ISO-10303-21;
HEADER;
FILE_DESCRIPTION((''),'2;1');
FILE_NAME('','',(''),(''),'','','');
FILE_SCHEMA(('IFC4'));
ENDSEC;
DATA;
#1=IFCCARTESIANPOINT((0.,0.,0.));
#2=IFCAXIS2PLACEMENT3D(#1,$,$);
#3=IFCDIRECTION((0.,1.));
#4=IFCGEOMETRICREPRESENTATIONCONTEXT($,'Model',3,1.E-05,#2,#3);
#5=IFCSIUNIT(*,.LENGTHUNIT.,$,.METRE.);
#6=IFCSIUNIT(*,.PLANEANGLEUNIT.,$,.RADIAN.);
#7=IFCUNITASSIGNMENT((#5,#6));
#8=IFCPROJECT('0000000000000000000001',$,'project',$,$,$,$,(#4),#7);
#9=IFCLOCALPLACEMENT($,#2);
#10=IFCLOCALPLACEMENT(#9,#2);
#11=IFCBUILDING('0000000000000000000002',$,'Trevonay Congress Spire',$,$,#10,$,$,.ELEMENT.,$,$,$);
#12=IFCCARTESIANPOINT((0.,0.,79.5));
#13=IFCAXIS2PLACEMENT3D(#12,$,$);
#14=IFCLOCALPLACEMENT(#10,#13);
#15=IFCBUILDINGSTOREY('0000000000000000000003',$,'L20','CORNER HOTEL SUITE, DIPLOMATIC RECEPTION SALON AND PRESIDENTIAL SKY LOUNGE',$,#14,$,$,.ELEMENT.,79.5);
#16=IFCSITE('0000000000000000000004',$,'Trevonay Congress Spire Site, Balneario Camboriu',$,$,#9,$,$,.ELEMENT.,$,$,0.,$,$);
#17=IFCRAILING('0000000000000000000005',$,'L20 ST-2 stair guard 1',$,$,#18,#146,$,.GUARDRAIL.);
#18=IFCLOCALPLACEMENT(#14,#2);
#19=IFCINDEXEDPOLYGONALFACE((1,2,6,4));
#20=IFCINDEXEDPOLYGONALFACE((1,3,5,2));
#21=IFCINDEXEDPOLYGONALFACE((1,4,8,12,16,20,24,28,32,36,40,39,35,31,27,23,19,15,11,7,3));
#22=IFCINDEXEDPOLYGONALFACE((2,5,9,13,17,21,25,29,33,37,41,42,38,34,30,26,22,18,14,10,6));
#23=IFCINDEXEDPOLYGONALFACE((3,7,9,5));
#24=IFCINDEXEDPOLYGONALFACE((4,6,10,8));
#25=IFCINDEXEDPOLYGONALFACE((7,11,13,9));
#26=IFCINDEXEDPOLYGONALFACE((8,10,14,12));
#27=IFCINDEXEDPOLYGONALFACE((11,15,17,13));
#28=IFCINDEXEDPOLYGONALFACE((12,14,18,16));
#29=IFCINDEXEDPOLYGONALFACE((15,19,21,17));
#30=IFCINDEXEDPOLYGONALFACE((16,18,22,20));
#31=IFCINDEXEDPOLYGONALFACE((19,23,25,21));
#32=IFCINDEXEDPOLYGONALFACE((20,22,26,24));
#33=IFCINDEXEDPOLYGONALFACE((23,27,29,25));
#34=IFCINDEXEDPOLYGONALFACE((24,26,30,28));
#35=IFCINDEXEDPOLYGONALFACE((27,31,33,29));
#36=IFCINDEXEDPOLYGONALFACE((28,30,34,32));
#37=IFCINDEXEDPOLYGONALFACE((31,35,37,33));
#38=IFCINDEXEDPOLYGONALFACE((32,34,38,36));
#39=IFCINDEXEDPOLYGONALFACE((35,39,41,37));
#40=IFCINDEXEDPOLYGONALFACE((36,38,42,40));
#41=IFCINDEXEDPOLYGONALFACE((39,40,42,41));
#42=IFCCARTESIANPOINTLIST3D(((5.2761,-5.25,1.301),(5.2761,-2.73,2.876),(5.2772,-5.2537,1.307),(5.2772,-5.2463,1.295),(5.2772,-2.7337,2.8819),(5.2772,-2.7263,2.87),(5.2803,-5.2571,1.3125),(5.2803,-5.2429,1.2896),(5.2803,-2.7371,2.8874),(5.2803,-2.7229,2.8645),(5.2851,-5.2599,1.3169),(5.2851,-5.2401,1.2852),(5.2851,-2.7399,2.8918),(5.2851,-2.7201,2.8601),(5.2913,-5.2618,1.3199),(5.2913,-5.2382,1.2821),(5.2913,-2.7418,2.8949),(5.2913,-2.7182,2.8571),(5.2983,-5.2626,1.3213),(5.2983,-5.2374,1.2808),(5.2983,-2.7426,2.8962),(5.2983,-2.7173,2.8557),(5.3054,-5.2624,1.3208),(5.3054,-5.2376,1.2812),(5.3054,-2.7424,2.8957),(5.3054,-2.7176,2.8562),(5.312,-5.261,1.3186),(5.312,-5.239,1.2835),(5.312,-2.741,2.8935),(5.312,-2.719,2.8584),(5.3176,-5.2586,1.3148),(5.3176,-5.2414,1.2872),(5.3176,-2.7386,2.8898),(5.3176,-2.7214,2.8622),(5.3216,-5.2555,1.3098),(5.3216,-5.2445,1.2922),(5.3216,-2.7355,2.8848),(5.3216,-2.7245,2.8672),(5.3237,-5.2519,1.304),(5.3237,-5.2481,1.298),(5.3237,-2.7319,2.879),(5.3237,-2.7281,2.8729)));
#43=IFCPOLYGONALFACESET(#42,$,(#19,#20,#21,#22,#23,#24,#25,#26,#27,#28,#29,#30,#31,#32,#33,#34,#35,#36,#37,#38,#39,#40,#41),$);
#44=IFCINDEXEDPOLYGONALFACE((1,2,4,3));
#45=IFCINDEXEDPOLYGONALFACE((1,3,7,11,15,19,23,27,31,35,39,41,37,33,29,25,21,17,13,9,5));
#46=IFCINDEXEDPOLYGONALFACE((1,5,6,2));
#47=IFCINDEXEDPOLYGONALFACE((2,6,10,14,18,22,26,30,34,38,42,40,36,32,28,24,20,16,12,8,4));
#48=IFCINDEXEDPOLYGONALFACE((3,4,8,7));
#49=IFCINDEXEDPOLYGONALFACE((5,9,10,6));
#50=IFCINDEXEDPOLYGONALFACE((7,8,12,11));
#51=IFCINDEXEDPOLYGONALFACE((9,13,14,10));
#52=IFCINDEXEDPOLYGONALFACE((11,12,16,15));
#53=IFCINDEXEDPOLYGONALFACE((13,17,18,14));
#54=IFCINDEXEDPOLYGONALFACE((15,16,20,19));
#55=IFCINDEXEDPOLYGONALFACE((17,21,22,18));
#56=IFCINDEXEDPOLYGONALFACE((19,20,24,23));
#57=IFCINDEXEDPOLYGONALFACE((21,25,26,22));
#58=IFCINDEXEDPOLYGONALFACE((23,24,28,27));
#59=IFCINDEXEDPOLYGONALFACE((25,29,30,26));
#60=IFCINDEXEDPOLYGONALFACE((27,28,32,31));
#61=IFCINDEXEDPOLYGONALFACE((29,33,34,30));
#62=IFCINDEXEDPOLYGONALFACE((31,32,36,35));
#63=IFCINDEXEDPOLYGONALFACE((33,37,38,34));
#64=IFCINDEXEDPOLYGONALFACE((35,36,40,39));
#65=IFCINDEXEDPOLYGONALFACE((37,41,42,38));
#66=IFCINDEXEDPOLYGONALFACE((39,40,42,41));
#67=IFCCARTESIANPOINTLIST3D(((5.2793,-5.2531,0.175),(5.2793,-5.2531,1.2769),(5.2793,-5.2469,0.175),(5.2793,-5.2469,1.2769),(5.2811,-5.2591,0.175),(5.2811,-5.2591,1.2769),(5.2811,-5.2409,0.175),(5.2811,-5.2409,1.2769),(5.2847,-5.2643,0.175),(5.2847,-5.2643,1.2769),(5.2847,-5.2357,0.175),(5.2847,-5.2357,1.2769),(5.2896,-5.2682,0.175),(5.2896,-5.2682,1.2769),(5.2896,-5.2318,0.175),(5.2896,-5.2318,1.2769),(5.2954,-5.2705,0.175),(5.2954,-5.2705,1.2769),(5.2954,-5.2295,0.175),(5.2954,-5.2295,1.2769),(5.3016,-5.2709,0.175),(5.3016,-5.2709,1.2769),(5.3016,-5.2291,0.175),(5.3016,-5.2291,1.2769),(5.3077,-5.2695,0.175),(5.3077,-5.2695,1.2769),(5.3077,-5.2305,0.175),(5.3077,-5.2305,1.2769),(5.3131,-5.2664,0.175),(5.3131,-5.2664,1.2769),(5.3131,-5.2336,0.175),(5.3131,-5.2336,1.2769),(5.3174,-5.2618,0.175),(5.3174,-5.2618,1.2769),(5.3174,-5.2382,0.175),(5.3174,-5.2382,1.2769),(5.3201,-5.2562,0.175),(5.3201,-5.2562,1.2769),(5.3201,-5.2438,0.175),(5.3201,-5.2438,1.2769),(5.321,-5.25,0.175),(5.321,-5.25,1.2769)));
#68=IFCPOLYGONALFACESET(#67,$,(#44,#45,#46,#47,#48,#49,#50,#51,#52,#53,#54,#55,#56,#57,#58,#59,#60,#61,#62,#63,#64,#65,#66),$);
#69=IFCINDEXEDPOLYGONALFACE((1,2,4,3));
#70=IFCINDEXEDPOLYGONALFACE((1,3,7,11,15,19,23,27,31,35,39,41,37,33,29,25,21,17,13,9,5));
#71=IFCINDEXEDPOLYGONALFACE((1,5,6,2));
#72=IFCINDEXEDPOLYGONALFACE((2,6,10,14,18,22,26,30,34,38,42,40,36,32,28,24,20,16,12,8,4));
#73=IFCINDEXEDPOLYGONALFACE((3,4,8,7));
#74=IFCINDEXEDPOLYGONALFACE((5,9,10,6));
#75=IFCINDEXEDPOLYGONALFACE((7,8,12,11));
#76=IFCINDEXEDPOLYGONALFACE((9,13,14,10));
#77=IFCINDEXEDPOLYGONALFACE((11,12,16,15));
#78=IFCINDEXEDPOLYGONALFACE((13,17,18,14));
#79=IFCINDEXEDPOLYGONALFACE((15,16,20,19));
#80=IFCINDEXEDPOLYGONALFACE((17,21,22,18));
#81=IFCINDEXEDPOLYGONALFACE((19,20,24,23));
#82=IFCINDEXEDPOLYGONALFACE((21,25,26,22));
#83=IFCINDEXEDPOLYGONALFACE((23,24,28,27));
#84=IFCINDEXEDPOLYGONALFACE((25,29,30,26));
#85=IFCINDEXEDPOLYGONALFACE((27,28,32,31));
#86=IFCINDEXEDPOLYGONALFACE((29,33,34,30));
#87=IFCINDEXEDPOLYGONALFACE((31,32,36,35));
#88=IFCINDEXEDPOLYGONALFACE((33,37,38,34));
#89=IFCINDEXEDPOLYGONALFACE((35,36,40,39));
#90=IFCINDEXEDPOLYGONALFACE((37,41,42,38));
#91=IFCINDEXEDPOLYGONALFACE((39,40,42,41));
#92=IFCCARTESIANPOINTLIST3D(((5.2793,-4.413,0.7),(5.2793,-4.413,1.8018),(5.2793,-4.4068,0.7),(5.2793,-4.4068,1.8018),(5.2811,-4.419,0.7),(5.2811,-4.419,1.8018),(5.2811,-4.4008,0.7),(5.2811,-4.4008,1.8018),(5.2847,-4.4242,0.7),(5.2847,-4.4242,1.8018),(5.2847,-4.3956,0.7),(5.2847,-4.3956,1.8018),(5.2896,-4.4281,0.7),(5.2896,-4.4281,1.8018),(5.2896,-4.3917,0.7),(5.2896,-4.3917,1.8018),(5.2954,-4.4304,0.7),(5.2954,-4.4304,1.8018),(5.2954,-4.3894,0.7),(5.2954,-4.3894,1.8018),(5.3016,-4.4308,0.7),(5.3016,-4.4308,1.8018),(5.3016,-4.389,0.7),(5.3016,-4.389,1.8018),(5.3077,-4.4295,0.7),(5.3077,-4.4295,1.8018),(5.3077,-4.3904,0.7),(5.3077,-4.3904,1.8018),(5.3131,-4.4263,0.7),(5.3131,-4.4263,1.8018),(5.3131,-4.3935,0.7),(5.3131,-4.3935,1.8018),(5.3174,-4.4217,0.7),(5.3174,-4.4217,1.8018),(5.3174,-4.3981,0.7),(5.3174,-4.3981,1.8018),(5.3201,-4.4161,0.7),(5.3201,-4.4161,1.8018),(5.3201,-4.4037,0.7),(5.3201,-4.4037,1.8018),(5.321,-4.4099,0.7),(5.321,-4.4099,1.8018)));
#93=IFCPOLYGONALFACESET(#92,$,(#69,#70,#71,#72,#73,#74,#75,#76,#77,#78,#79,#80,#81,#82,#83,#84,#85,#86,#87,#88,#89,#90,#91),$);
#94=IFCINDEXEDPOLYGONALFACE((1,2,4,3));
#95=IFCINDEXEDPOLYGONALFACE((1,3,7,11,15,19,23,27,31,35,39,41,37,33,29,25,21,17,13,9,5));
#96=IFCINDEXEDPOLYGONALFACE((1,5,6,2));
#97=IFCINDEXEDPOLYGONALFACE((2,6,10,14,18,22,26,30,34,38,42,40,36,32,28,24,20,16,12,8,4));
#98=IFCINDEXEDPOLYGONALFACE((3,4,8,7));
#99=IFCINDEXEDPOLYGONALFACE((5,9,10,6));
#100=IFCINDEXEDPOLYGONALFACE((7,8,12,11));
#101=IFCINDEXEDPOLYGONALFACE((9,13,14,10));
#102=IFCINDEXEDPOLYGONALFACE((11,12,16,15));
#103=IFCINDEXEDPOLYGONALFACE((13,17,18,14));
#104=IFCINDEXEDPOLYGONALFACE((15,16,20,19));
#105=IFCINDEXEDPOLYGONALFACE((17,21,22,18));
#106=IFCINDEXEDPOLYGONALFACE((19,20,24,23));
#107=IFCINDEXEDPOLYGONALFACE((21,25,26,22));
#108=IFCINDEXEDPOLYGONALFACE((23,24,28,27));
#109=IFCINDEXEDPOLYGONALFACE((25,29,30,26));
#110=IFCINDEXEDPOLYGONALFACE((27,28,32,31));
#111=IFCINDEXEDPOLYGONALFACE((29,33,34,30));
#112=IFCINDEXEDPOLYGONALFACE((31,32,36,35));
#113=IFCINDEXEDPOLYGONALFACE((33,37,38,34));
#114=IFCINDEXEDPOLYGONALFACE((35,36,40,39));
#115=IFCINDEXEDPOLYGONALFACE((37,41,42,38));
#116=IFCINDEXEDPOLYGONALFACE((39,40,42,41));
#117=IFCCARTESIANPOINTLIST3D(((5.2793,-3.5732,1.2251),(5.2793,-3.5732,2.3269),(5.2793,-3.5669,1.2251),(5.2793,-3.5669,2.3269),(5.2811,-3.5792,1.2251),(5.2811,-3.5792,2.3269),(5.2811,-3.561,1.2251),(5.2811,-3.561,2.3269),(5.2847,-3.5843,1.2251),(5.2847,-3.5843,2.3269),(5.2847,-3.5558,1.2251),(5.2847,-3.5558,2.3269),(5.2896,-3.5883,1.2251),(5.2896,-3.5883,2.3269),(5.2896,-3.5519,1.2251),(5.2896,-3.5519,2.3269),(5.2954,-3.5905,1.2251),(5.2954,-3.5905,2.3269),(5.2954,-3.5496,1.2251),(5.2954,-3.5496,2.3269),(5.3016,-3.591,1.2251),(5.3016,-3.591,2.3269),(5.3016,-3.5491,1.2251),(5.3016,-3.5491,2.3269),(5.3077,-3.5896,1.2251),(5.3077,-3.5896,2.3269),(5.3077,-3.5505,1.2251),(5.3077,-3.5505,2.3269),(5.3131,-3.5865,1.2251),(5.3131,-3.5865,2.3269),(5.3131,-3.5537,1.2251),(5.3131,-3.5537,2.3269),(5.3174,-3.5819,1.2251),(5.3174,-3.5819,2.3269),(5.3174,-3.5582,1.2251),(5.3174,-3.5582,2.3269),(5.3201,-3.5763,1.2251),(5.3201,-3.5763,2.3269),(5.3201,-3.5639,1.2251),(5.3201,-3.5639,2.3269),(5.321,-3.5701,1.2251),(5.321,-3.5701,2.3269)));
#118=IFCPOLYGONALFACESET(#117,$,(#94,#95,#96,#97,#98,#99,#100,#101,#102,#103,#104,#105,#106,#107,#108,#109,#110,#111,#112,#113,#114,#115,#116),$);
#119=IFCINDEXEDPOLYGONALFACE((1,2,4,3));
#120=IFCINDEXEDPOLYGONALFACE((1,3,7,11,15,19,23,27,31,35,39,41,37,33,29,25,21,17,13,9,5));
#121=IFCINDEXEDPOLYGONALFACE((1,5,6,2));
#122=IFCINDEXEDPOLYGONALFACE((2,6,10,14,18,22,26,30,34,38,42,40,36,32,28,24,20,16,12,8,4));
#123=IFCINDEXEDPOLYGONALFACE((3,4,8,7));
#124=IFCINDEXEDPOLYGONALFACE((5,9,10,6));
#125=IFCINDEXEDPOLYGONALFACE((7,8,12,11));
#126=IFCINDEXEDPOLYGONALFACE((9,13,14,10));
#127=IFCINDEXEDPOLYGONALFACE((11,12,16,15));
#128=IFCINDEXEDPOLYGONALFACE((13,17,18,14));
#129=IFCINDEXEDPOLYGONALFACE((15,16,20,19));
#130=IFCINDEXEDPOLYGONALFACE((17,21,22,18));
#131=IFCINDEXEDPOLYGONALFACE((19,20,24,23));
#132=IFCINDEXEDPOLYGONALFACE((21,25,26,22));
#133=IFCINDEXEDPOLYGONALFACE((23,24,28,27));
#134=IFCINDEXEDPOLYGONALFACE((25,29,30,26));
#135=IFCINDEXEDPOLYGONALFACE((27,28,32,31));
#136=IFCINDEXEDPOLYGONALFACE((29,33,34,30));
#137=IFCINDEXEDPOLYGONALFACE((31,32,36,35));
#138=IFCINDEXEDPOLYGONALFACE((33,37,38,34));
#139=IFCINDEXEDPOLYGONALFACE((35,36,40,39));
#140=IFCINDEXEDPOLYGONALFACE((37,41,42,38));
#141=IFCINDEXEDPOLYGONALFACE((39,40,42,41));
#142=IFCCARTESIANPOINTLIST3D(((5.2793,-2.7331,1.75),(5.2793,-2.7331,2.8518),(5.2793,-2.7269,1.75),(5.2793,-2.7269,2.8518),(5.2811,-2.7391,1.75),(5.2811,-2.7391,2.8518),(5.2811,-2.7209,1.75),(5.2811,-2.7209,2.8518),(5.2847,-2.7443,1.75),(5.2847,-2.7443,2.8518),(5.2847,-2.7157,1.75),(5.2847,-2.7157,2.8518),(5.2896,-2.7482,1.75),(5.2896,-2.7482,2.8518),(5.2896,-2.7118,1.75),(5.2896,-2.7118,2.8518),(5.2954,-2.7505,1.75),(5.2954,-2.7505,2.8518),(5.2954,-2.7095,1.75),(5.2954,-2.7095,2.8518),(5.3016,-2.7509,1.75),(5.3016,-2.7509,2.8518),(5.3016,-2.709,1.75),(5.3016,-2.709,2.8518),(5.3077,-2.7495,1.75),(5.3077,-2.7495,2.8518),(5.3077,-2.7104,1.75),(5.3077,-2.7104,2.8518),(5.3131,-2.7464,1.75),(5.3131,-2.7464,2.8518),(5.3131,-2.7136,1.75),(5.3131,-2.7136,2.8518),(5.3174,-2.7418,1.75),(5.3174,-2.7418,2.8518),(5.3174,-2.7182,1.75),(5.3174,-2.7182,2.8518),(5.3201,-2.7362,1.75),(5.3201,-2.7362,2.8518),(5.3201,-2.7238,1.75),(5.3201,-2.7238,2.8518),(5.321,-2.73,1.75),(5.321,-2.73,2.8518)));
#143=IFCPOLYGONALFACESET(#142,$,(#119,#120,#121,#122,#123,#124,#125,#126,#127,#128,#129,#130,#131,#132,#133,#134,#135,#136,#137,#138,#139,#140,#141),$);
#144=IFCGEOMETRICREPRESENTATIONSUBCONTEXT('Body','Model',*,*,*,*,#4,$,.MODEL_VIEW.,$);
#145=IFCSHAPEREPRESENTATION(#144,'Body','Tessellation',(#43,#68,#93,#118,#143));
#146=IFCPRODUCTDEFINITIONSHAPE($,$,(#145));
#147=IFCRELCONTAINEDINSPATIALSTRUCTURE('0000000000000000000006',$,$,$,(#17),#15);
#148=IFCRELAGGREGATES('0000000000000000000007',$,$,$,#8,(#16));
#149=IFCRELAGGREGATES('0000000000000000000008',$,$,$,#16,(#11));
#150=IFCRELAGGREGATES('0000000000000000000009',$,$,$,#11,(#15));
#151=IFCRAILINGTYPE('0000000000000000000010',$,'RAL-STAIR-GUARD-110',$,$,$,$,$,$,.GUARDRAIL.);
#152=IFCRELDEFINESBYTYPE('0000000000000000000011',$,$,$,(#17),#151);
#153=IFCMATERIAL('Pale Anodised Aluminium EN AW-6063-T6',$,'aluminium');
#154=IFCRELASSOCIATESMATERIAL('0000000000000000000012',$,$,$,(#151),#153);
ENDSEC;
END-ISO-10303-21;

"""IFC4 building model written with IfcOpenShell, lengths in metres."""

from ifc_helpers import new_model, si_unit, direction, frame, origin, origin_2d, place, context, subcontext, project, spatial, circle, extrude, material, type_object, element, save


model = new_model("IFC4")

# Units and contexts
model_context = context("Model", 3, precision=1e-05, world=origin(), true_north=direction((0.0, 1.0)))
body_context = subcontext(model_context, "Body", "Model", "MODEL_VIEW")
ifc_project = project(units=[si_unit("LENGTHUNIT", "METRE"), si_unit("PLANEANGLEUNIT", "RADIAN")], contexts=[model_context])

# Site, building, storey
site_placement = place(None, origin())
site = spatial("IfcSite", under=ifc_project, at=site_placement, Name="Trevonay Congress Spire Site, Balneario Camboriu", CompositionType="ELEMENT", RefElevation=0.0)
building_placement = place(site_placement, origin())
building = spatial("IfcBuilding", under=site, at=building_placement, Name="Trevonay Congress Spire", CompositionType="ELEMENT")
storey_placement = place(building_placement, frame((0.0, 0.0, 79.5)))
storey = spatial("IfcBuildingStorey", under=building, at=storey_placement, Name="L20", Description="CORNER HOTEL SUITE, DIPLOMATIC RECEPTION SALON AND PRESIDENTIAL SKY LOUNGE", CompositionType="ELEMENT", Elevation=79.5)

# Railing
ifc_material_1 = material(Name="Pale Anodised Aluminium EN AW-6063-T6", Category="aluminium")
railing_type_1 = type_object("IfcRailingType", Name="RAL-STAIR-GUARD-110", PredefinedType="GUARDRAIL", material=ifc_material_1)
railing_1_placement = place(storey_placement, frame((5.3, -5.25, 0.175)))
element("IfcRailing", 1, at=railing_1_placement, inside=storey, type_object=railing_type_1, Name="L20 ST-2 stair guard 1", PredefinedType="GUARDRAIL", context=body_context, shape_type="SweptSolid", body=[
    extrude(circle(Radius=0.0239, at=origin_2d()), frame((0.0, 0.0, 1.126), z_axis=(0.0, 0.848008, 0.529984), x_axis=(-1.0, 0.0, 0.0)), (0.0, 0.0, 1.0), 2.9717),
    extrude(circle(Radius=0.021, at=origin_2d()), origin(), (0.0, 0.0, 1.0), 1.1018),
    extrude(circle(Radius=0.021, at=origin_2d()), frame((0.0, 0.8401, 0.5249)), (0.0, 0.0, 1.0), 1.1018),
    extrude(circle(Radius=0.021, at=origin_2d()), frame((0.0, 1.6799, 1.05)), (0.0, 0.0, 1.0), 1.1018),
    extrude(circle(Radius=0.021, at=origin_2d()), frame((0.0, 2.52, 1.575)), (0.0, 0.0, 1.0), 1.1018),
])

save(model, "model.ifc")
